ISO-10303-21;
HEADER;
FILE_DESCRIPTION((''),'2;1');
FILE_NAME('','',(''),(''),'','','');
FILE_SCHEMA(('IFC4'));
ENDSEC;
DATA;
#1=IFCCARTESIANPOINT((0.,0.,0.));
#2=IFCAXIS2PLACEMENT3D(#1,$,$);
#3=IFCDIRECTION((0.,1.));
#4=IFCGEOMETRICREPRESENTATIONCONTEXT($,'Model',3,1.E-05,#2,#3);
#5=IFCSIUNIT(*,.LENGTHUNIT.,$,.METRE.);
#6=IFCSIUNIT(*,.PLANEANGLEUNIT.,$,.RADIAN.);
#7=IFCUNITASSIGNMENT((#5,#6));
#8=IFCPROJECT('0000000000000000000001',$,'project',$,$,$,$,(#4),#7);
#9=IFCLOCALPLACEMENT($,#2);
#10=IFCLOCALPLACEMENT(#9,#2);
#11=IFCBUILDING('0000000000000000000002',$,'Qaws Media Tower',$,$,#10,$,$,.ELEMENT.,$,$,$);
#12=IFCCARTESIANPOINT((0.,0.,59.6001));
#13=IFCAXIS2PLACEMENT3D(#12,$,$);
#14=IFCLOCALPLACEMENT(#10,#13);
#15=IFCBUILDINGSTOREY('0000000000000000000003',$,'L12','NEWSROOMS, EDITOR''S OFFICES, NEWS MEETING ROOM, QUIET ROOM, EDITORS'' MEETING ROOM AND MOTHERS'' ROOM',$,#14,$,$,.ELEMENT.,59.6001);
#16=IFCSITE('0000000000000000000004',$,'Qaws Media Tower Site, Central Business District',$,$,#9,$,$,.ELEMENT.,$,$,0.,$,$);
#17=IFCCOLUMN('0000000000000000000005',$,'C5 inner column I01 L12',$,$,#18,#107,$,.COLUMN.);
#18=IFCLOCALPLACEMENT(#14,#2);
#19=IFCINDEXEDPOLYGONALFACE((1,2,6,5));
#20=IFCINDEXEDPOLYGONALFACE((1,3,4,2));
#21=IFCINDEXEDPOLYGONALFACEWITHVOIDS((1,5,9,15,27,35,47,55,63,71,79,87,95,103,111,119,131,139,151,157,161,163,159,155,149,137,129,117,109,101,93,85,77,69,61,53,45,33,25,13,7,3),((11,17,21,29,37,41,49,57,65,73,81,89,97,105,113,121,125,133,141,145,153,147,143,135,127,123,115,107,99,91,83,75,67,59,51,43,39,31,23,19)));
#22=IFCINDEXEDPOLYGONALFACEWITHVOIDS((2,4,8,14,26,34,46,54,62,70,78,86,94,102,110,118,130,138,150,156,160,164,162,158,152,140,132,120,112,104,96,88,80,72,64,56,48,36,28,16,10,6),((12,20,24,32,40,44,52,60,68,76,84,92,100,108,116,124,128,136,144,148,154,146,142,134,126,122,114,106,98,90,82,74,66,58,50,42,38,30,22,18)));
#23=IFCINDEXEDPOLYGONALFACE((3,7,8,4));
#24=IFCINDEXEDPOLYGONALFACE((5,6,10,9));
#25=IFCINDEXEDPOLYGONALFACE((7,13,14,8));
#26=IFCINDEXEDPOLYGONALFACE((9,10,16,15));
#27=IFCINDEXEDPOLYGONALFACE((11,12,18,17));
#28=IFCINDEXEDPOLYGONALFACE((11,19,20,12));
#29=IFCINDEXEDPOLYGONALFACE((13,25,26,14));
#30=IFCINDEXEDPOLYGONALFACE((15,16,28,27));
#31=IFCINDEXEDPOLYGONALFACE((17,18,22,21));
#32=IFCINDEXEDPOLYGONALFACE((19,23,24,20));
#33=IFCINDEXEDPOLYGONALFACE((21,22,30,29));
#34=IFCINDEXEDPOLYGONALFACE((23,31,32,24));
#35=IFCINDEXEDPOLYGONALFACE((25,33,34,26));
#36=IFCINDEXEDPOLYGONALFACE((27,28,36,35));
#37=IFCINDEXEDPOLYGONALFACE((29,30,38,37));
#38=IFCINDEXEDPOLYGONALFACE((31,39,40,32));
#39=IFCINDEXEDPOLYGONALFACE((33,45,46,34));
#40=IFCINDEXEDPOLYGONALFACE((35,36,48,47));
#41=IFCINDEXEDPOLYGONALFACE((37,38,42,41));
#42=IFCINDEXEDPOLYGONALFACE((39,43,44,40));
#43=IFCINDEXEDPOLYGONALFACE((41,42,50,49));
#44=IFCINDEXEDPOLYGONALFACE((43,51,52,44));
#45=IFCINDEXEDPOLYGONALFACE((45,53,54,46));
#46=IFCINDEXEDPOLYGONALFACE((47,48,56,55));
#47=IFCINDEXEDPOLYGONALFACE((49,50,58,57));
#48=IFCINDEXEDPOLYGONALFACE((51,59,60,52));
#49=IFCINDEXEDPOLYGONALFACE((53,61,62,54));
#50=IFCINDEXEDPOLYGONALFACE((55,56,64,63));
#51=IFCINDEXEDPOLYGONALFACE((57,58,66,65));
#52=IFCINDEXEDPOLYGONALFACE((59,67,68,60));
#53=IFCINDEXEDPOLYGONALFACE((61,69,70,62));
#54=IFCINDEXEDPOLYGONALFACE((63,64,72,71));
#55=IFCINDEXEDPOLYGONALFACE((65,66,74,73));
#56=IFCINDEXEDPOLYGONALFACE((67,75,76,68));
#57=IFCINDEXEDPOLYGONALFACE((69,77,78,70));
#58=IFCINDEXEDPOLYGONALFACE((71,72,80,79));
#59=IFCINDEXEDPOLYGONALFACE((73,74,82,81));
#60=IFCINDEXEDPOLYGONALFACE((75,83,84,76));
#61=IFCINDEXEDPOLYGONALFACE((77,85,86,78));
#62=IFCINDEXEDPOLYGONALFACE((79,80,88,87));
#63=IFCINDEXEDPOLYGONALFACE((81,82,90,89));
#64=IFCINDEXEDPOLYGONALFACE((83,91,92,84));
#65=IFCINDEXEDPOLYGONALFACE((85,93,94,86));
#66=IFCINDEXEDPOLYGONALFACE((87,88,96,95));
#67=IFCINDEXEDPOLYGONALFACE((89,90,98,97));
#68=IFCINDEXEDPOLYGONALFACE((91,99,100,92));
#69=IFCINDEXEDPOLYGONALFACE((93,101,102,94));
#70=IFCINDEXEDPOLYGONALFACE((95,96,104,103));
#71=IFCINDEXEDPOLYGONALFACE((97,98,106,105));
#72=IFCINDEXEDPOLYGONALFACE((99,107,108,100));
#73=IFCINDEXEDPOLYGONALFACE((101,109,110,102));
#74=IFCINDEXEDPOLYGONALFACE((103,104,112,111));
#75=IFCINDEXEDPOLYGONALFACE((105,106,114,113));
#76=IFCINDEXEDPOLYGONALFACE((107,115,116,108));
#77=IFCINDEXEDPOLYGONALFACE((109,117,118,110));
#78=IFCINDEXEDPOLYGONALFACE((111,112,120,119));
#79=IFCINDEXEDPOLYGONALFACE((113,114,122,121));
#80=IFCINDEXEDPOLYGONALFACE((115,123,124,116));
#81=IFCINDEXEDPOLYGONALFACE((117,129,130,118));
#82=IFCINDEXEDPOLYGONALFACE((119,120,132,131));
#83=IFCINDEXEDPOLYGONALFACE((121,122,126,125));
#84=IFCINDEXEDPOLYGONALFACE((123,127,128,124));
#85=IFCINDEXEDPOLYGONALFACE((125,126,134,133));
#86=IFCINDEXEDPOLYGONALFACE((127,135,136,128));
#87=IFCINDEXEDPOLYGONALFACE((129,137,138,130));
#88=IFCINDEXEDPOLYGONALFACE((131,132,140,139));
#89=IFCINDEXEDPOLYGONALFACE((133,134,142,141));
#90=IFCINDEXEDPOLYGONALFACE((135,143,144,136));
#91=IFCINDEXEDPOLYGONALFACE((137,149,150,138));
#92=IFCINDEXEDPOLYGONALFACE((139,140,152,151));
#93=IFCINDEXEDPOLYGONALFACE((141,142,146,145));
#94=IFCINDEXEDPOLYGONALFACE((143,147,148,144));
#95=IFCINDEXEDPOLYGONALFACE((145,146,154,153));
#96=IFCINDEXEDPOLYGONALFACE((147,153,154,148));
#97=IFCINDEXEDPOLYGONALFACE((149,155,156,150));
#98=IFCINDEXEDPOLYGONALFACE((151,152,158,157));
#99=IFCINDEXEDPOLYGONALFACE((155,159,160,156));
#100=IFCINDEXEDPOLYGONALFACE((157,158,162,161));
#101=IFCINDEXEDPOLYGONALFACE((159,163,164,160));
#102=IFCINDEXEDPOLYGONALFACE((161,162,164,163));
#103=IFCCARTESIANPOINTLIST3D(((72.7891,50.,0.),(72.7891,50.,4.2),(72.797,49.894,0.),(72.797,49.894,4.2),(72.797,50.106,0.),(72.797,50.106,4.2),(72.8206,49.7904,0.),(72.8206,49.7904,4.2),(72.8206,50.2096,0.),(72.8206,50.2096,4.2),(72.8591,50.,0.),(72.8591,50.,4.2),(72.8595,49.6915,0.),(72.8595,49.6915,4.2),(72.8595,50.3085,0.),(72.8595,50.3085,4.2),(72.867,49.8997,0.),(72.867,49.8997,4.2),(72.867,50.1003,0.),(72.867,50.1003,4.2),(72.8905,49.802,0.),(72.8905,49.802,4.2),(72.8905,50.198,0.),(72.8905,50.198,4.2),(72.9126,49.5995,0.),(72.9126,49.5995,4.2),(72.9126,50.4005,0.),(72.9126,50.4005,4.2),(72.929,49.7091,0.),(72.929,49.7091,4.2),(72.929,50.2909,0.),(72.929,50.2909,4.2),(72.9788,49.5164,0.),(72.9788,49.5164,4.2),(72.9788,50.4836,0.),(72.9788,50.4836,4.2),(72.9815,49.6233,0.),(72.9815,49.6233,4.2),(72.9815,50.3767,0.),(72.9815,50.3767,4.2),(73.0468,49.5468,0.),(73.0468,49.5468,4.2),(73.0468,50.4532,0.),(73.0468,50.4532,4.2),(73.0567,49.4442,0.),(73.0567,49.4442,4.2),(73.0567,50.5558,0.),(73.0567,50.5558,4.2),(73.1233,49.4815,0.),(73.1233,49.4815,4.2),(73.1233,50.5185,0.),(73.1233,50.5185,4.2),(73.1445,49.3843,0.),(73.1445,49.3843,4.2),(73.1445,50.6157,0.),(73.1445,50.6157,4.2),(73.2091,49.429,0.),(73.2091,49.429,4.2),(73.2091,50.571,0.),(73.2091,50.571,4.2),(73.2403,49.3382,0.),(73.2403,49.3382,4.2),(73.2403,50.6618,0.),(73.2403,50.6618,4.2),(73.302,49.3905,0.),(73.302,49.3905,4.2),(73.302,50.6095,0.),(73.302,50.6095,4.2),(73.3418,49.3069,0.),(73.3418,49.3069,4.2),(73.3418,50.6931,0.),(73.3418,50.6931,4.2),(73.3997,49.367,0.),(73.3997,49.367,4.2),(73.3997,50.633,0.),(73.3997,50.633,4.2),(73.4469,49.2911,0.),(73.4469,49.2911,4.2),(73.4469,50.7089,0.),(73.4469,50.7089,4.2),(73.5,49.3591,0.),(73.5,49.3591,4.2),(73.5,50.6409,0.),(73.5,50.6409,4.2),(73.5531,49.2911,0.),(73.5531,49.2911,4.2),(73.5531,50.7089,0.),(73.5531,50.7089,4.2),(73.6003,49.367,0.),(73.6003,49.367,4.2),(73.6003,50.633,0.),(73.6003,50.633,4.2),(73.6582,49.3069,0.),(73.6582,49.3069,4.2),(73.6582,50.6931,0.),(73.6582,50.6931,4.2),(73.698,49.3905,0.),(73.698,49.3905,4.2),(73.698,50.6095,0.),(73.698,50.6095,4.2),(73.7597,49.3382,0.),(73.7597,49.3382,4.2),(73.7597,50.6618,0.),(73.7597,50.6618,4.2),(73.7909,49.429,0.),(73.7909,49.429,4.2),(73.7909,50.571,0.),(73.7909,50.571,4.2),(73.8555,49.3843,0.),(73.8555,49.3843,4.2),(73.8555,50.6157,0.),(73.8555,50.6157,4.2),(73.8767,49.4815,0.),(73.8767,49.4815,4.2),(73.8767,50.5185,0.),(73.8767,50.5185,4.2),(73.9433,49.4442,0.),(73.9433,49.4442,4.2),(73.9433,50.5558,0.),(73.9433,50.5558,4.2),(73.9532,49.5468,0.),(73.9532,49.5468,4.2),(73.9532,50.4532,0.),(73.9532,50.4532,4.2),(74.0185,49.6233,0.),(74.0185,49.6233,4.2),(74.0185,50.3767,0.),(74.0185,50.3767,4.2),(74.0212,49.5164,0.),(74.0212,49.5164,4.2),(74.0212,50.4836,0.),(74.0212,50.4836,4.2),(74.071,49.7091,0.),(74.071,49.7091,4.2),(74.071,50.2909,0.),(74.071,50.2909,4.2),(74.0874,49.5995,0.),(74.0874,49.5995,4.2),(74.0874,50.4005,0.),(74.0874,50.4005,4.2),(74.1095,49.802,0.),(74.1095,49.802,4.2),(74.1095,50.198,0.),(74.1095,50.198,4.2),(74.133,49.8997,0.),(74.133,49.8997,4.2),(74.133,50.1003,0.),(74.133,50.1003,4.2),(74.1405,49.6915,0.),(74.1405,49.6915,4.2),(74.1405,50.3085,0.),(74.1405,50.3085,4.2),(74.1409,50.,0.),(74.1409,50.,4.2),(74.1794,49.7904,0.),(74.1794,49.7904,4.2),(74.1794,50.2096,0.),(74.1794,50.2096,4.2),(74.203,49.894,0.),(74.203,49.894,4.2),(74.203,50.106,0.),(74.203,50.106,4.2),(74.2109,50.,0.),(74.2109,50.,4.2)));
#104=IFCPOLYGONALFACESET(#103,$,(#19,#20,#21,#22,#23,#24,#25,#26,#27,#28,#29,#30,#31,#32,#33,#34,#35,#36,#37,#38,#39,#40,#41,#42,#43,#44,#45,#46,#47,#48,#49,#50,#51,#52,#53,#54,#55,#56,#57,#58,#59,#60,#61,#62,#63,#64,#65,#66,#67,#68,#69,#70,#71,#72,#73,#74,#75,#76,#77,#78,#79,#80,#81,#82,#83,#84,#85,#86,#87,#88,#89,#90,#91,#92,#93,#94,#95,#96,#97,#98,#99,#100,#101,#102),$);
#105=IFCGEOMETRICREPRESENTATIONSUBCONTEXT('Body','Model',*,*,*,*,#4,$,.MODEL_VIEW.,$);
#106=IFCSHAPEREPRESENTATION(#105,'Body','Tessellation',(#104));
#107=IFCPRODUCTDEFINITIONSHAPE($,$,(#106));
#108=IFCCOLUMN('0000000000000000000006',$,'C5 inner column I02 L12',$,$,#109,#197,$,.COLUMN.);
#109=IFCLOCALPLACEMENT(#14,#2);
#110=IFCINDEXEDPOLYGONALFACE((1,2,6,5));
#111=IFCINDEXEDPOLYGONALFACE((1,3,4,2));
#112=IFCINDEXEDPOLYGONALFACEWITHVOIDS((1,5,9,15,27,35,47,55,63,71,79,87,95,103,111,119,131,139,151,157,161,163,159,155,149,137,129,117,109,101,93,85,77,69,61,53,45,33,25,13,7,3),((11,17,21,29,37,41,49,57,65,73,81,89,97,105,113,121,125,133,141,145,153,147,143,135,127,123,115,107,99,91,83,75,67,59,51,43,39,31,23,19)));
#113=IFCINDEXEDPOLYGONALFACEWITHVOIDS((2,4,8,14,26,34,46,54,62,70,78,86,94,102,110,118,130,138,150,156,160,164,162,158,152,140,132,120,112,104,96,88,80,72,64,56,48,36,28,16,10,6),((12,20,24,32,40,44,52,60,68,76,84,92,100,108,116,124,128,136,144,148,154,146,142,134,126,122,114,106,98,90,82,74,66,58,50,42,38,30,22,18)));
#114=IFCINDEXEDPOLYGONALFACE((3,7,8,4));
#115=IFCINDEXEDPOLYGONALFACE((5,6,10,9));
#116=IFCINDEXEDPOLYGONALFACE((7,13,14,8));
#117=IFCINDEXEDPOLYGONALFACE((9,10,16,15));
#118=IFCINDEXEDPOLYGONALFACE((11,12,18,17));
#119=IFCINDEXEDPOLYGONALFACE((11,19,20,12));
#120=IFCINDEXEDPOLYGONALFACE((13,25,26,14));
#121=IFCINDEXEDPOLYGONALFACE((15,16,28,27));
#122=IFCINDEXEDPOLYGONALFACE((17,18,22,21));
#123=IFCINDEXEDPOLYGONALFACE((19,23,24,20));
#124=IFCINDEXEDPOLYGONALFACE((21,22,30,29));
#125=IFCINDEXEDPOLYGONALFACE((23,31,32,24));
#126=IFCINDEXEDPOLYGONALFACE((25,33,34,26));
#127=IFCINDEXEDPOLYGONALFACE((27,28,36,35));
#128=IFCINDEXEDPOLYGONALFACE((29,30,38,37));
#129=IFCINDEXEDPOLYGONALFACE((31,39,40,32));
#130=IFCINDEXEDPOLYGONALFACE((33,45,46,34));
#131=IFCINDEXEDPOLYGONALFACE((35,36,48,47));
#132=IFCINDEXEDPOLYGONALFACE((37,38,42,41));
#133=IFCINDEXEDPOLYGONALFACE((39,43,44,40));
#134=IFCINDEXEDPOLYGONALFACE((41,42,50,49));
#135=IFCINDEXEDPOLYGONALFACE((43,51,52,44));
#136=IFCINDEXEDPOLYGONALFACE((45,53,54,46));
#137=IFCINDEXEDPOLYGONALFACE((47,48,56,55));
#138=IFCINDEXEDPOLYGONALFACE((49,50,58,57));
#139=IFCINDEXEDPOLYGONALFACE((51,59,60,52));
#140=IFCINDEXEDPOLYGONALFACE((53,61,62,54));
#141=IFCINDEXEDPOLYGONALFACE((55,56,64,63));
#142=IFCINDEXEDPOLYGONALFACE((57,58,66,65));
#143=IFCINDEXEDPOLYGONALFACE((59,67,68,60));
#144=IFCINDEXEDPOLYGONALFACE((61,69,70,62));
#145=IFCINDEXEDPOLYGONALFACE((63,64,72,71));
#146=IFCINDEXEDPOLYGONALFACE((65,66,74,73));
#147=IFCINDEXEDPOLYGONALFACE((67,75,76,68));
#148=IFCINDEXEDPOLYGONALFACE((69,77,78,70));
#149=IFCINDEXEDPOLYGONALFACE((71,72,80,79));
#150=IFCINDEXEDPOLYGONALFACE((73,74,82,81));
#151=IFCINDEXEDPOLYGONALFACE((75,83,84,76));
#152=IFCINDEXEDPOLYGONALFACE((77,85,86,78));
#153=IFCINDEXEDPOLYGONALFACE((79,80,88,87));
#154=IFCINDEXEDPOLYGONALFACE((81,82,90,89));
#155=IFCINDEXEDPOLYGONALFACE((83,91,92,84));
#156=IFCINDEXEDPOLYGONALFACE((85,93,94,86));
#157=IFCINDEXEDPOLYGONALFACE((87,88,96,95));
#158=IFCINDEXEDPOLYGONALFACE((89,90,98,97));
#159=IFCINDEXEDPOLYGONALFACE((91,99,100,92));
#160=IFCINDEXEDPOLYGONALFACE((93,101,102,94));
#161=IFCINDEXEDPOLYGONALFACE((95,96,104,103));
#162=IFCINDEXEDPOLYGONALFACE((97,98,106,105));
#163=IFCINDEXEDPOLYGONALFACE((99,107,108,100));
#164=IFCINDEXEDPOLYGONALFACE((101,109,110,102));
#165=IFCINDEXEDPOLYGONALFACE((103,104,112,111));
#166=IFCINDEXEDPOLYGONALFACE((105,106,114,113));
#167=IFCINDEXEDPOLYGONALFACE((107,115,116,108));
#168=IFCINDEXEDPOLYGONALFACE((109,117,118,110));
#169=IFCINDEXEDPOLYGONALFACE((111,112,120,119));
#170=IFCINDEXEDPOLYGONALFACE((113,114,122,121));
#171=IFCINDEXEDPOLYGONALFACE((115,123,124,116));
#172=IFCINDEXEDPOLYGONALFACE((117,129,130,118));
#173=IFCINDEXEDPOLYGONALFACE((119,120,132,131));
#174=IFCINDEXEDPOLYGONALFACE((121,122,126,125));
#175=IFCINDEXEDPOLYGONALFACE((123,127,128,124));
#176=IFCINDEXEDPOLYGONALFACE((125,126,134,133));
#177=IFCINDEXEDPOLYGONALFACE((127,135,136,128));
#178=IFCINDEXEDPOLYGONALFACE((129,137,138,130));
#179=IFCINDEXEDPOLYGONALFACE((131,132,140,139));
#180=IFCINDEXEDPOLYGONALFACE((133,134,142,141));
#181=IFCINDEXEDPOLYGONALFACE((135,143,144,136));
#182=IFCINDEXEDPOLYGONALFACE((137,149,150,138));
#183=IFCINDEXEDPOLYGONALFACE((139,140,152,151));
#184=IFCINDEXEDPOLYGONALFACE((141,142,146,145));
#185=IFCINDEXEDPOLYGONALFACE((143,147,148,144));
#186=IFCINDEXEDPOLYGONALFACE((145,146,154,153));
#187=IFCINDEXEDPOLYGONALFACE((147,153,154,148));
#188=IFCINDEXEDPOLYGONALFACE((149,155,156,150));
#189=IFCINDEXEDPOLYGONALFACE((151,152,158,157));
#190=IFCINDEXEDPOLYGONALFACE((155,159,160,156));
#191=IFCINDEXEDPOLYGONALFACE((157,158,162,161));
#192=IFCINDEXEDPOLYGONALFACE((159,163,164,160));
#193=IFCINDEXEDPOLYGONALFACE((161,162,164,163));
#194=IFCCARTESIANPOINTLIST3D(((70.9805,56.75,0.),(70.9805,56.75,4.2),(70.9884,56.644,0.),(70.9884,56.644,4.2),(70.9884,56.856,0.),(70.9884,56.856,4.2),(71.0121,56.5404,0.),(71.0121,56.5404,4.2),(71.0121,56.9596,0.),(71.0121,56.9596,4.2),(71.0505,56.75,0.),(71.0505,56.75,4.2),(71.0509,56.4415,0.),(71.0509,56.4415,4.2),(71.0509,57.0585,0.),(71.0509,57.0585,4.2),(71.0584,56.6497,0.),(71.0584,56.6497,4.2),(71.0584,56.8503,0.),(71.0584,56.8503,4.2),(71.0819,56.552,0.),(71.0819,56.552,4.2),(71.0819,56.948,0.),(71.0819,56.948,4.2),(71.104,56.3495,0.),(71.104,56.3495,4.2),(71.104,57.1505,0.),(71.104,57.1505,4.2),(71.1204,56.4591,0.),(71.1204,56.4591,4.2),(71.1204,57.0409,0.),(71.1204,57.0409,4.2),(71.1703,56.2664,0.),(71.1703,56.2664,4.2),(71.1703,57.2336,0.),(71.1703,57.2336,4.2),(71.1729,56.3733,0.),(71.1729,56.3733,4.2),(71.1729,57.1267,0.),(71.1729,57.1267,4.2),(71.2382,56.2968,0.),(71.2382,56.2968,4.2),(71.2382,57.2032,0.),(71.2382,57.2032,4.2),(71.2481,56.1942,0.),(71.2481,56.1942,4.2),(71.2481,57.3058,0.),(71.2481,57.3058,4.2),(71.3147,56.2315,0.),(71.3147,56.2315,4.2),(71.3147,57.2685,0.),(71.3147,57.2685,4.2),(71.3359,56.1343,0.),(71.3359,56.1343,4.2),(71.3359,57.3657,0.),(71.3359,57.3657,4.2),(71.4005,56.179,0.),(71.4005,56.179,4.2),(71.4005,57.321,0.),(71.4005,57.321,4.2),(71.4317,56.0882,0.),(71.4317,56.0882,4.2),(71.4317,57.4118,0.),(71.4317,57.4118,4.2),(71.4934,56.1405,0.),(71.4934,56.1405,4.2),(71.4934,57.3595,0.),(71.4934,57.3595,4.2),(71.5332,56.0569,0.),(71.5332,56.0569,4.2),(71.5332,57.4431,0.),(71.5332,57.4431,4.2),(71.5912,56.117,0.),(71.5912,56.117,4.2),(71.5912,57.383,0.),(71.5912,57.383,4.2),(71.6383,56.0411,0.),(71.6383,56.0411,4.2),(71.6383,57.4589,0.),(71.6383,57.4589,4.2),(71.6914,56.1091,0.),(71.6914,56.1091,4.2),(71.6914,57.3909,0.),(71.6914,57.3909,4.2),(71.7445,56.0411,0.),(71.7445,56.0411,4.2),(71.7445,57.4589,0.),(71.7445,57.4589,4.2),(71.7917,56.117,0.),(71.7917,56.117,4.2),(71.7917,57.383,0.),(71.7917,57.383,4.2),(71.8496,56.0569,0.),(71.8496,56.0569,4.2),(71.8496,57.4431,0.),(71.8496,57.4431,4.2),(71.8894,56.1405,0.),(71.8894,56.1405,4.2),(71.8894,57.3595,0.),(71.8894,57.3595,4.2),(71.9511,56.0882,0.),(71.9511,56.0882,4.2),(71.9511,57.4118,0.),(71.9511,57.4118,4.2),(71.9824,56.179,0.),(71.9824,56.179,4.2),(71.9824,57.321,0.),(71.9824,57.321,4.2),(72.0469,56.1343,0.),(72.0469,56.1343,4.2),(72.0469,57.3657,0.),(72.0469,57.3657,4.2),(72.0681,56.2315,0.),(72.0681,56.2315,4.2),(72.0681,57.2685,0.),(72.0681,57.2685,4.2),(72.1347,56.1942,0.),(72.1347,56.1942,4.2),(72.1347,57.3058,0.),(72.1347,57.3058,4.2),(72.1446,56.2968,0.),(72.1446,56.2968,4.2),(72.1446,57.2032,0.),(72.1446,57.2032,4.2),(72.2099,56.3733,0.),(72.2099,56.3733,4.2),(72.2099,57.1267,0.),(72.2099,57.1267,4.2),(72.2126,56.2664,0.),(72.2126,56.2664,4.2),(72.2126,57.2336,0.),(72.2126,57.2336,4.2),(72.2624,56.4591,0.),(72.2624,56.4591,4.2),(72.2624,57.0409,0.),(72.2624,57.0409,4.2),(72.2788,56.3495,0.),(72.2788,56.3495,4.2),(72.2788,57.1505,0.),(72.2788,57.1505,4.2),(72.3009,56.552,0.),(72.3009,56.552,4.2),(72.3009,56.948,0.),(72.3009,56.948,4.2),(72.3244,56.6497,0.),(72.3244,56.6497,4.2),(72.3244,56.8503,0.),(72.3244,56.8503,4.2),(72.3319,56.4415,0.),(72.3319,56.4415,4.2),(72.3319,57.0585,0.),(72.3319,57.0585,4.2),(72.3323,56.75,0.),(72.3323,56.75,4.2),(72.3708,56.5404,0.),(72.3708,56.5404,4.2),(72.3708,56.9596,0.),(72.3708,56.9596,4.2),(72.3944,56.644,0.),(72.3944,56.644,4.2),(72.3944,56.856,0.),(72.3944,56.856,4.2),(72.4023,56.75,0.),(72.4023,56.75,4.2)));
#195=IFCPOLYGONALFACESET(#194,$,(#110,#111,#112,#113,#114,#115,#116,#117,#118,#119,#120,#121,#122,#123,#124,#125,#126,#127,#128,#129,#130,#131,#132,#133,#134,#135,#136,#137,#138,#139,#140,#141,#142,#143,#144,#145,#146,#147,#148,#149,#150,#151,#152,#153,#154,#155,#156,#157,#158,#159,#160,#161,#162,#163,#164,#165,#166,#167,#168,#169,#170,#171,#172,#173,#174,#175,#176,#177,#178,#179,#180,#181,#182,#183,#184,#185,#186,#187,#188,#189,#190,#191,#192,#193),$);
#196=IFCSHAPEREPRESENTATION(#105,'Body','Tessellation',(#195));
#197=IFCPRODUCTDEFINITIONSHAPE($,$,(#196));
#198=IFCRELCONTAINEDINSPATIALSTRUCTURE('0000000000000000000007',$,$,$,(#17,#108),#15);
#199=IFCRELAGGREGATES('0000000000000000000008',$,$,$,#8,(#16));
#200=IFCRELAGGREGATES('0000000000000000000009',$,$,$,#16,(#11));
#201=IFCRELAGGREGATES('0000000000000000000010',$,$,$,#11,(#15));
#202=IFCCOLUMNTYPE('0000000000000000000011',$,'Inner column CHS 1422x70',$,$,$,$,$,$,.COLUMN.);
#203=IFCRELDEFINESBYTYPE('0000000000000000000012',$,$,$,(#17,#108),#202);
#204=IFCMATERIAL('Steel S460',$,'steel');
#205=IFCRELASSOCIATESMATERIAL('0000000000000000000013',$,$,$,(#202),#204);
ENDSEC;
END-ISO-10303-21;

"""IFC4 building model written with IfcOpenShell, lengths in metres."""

from ifc_helpers import new_model, si_unit, direction, frame, origin, origin_2d, place, context, subcontext, project, spatial, hollow_circle, extrude, material, material_profile, profile_set, type_object, element, save


model = new_model("IFC4")

# Units and contexts
model_context = context("Model", 3, precision=1e-05, world=origin(), true_north=direction((0.0, 1.0)))
body_context = subcontext(model_context, "Body", "Model", "MODEL_VIEW")
ifc_project = project(units=[si_unit("LENGTHUNIT", "METRE"), si_unit("PLANEANGLEUNIT", "RADIAN")], contexts=[model_context])

# Site, building, storey
site_placement = place(None, origin())
site = spatial("IfcSite", under=ifc_project, at=site_placement, Name="Qaws Media Tower Site, Central Business District", CompositionType="ELEMENT", RefElevation=0.0)
building_placement = place(site_placement, origin())
building = spatial("IfcBuilding", under=site, at=building_placement, Name="Qaws Media Tower", CompositionType="ELEMENT")
storey_placement = place(building_placement, frame((0.0, 0.0, 59.6001)))
storey = spatial("IfcBuildingStorey", under=building, at=storey_placement, Name="L12", Description="NEWSROOMS, EDITOR'S OFFICES, NEWS MEETING ROOM, QUIET ROOM, EDITORS' MEETING ROOM AND MOTHERS' ROOM", CompositionType="ELEMENT", Elevation=59.6001)

# Columns
ifc_material_1 = material(Name="Steel S460", Category="steel")
ifc_material_profile_1 = material_profile(ifc_material_1, hollow_circle(Radius=0.7109, WallThickness=0.0701, at=origin_2d()), Name="CHS 1422x70")
ifc_profile_set_1 = profile_set([ifc_material_profile_1], Name="Steel S460")
column_type = type_object("IfcColumnType", Name="Inner column CHS 1422x70", PredefinedType="COLUMN", material=ifc_profile_set_1)
for number, where, z_axis, x_axis, name in (
    (1, (73.5, 50.0, 0.0), (0.0, 0.0, 1.0), (1.0, 0.0, 0.0), "C5 inner column I01 L12"),
    (2, (71.6914, 56.75, 0.0), (0.0, 0.0, 1.0), (1.0, 0.0, 0.0), "C5 inner column I02 L12"),
):
    element("IfcColumn", number, at=place(storey_placement, frame(where, z_axis=z_axis, x_axis=x_axis)), inside=storey, type_object=column_type, Name=name, PredefinedType="COLUMN", context=body_context, shape_type="SweptSolid", body=[
        extrude(hollow_circle(Radius=0.7109, WallThickness=0.0701, at=origin_2d()), origin(), (0.0, 0.0, 1.0), 4.2),
    ])

save(model, "model.ifc")
